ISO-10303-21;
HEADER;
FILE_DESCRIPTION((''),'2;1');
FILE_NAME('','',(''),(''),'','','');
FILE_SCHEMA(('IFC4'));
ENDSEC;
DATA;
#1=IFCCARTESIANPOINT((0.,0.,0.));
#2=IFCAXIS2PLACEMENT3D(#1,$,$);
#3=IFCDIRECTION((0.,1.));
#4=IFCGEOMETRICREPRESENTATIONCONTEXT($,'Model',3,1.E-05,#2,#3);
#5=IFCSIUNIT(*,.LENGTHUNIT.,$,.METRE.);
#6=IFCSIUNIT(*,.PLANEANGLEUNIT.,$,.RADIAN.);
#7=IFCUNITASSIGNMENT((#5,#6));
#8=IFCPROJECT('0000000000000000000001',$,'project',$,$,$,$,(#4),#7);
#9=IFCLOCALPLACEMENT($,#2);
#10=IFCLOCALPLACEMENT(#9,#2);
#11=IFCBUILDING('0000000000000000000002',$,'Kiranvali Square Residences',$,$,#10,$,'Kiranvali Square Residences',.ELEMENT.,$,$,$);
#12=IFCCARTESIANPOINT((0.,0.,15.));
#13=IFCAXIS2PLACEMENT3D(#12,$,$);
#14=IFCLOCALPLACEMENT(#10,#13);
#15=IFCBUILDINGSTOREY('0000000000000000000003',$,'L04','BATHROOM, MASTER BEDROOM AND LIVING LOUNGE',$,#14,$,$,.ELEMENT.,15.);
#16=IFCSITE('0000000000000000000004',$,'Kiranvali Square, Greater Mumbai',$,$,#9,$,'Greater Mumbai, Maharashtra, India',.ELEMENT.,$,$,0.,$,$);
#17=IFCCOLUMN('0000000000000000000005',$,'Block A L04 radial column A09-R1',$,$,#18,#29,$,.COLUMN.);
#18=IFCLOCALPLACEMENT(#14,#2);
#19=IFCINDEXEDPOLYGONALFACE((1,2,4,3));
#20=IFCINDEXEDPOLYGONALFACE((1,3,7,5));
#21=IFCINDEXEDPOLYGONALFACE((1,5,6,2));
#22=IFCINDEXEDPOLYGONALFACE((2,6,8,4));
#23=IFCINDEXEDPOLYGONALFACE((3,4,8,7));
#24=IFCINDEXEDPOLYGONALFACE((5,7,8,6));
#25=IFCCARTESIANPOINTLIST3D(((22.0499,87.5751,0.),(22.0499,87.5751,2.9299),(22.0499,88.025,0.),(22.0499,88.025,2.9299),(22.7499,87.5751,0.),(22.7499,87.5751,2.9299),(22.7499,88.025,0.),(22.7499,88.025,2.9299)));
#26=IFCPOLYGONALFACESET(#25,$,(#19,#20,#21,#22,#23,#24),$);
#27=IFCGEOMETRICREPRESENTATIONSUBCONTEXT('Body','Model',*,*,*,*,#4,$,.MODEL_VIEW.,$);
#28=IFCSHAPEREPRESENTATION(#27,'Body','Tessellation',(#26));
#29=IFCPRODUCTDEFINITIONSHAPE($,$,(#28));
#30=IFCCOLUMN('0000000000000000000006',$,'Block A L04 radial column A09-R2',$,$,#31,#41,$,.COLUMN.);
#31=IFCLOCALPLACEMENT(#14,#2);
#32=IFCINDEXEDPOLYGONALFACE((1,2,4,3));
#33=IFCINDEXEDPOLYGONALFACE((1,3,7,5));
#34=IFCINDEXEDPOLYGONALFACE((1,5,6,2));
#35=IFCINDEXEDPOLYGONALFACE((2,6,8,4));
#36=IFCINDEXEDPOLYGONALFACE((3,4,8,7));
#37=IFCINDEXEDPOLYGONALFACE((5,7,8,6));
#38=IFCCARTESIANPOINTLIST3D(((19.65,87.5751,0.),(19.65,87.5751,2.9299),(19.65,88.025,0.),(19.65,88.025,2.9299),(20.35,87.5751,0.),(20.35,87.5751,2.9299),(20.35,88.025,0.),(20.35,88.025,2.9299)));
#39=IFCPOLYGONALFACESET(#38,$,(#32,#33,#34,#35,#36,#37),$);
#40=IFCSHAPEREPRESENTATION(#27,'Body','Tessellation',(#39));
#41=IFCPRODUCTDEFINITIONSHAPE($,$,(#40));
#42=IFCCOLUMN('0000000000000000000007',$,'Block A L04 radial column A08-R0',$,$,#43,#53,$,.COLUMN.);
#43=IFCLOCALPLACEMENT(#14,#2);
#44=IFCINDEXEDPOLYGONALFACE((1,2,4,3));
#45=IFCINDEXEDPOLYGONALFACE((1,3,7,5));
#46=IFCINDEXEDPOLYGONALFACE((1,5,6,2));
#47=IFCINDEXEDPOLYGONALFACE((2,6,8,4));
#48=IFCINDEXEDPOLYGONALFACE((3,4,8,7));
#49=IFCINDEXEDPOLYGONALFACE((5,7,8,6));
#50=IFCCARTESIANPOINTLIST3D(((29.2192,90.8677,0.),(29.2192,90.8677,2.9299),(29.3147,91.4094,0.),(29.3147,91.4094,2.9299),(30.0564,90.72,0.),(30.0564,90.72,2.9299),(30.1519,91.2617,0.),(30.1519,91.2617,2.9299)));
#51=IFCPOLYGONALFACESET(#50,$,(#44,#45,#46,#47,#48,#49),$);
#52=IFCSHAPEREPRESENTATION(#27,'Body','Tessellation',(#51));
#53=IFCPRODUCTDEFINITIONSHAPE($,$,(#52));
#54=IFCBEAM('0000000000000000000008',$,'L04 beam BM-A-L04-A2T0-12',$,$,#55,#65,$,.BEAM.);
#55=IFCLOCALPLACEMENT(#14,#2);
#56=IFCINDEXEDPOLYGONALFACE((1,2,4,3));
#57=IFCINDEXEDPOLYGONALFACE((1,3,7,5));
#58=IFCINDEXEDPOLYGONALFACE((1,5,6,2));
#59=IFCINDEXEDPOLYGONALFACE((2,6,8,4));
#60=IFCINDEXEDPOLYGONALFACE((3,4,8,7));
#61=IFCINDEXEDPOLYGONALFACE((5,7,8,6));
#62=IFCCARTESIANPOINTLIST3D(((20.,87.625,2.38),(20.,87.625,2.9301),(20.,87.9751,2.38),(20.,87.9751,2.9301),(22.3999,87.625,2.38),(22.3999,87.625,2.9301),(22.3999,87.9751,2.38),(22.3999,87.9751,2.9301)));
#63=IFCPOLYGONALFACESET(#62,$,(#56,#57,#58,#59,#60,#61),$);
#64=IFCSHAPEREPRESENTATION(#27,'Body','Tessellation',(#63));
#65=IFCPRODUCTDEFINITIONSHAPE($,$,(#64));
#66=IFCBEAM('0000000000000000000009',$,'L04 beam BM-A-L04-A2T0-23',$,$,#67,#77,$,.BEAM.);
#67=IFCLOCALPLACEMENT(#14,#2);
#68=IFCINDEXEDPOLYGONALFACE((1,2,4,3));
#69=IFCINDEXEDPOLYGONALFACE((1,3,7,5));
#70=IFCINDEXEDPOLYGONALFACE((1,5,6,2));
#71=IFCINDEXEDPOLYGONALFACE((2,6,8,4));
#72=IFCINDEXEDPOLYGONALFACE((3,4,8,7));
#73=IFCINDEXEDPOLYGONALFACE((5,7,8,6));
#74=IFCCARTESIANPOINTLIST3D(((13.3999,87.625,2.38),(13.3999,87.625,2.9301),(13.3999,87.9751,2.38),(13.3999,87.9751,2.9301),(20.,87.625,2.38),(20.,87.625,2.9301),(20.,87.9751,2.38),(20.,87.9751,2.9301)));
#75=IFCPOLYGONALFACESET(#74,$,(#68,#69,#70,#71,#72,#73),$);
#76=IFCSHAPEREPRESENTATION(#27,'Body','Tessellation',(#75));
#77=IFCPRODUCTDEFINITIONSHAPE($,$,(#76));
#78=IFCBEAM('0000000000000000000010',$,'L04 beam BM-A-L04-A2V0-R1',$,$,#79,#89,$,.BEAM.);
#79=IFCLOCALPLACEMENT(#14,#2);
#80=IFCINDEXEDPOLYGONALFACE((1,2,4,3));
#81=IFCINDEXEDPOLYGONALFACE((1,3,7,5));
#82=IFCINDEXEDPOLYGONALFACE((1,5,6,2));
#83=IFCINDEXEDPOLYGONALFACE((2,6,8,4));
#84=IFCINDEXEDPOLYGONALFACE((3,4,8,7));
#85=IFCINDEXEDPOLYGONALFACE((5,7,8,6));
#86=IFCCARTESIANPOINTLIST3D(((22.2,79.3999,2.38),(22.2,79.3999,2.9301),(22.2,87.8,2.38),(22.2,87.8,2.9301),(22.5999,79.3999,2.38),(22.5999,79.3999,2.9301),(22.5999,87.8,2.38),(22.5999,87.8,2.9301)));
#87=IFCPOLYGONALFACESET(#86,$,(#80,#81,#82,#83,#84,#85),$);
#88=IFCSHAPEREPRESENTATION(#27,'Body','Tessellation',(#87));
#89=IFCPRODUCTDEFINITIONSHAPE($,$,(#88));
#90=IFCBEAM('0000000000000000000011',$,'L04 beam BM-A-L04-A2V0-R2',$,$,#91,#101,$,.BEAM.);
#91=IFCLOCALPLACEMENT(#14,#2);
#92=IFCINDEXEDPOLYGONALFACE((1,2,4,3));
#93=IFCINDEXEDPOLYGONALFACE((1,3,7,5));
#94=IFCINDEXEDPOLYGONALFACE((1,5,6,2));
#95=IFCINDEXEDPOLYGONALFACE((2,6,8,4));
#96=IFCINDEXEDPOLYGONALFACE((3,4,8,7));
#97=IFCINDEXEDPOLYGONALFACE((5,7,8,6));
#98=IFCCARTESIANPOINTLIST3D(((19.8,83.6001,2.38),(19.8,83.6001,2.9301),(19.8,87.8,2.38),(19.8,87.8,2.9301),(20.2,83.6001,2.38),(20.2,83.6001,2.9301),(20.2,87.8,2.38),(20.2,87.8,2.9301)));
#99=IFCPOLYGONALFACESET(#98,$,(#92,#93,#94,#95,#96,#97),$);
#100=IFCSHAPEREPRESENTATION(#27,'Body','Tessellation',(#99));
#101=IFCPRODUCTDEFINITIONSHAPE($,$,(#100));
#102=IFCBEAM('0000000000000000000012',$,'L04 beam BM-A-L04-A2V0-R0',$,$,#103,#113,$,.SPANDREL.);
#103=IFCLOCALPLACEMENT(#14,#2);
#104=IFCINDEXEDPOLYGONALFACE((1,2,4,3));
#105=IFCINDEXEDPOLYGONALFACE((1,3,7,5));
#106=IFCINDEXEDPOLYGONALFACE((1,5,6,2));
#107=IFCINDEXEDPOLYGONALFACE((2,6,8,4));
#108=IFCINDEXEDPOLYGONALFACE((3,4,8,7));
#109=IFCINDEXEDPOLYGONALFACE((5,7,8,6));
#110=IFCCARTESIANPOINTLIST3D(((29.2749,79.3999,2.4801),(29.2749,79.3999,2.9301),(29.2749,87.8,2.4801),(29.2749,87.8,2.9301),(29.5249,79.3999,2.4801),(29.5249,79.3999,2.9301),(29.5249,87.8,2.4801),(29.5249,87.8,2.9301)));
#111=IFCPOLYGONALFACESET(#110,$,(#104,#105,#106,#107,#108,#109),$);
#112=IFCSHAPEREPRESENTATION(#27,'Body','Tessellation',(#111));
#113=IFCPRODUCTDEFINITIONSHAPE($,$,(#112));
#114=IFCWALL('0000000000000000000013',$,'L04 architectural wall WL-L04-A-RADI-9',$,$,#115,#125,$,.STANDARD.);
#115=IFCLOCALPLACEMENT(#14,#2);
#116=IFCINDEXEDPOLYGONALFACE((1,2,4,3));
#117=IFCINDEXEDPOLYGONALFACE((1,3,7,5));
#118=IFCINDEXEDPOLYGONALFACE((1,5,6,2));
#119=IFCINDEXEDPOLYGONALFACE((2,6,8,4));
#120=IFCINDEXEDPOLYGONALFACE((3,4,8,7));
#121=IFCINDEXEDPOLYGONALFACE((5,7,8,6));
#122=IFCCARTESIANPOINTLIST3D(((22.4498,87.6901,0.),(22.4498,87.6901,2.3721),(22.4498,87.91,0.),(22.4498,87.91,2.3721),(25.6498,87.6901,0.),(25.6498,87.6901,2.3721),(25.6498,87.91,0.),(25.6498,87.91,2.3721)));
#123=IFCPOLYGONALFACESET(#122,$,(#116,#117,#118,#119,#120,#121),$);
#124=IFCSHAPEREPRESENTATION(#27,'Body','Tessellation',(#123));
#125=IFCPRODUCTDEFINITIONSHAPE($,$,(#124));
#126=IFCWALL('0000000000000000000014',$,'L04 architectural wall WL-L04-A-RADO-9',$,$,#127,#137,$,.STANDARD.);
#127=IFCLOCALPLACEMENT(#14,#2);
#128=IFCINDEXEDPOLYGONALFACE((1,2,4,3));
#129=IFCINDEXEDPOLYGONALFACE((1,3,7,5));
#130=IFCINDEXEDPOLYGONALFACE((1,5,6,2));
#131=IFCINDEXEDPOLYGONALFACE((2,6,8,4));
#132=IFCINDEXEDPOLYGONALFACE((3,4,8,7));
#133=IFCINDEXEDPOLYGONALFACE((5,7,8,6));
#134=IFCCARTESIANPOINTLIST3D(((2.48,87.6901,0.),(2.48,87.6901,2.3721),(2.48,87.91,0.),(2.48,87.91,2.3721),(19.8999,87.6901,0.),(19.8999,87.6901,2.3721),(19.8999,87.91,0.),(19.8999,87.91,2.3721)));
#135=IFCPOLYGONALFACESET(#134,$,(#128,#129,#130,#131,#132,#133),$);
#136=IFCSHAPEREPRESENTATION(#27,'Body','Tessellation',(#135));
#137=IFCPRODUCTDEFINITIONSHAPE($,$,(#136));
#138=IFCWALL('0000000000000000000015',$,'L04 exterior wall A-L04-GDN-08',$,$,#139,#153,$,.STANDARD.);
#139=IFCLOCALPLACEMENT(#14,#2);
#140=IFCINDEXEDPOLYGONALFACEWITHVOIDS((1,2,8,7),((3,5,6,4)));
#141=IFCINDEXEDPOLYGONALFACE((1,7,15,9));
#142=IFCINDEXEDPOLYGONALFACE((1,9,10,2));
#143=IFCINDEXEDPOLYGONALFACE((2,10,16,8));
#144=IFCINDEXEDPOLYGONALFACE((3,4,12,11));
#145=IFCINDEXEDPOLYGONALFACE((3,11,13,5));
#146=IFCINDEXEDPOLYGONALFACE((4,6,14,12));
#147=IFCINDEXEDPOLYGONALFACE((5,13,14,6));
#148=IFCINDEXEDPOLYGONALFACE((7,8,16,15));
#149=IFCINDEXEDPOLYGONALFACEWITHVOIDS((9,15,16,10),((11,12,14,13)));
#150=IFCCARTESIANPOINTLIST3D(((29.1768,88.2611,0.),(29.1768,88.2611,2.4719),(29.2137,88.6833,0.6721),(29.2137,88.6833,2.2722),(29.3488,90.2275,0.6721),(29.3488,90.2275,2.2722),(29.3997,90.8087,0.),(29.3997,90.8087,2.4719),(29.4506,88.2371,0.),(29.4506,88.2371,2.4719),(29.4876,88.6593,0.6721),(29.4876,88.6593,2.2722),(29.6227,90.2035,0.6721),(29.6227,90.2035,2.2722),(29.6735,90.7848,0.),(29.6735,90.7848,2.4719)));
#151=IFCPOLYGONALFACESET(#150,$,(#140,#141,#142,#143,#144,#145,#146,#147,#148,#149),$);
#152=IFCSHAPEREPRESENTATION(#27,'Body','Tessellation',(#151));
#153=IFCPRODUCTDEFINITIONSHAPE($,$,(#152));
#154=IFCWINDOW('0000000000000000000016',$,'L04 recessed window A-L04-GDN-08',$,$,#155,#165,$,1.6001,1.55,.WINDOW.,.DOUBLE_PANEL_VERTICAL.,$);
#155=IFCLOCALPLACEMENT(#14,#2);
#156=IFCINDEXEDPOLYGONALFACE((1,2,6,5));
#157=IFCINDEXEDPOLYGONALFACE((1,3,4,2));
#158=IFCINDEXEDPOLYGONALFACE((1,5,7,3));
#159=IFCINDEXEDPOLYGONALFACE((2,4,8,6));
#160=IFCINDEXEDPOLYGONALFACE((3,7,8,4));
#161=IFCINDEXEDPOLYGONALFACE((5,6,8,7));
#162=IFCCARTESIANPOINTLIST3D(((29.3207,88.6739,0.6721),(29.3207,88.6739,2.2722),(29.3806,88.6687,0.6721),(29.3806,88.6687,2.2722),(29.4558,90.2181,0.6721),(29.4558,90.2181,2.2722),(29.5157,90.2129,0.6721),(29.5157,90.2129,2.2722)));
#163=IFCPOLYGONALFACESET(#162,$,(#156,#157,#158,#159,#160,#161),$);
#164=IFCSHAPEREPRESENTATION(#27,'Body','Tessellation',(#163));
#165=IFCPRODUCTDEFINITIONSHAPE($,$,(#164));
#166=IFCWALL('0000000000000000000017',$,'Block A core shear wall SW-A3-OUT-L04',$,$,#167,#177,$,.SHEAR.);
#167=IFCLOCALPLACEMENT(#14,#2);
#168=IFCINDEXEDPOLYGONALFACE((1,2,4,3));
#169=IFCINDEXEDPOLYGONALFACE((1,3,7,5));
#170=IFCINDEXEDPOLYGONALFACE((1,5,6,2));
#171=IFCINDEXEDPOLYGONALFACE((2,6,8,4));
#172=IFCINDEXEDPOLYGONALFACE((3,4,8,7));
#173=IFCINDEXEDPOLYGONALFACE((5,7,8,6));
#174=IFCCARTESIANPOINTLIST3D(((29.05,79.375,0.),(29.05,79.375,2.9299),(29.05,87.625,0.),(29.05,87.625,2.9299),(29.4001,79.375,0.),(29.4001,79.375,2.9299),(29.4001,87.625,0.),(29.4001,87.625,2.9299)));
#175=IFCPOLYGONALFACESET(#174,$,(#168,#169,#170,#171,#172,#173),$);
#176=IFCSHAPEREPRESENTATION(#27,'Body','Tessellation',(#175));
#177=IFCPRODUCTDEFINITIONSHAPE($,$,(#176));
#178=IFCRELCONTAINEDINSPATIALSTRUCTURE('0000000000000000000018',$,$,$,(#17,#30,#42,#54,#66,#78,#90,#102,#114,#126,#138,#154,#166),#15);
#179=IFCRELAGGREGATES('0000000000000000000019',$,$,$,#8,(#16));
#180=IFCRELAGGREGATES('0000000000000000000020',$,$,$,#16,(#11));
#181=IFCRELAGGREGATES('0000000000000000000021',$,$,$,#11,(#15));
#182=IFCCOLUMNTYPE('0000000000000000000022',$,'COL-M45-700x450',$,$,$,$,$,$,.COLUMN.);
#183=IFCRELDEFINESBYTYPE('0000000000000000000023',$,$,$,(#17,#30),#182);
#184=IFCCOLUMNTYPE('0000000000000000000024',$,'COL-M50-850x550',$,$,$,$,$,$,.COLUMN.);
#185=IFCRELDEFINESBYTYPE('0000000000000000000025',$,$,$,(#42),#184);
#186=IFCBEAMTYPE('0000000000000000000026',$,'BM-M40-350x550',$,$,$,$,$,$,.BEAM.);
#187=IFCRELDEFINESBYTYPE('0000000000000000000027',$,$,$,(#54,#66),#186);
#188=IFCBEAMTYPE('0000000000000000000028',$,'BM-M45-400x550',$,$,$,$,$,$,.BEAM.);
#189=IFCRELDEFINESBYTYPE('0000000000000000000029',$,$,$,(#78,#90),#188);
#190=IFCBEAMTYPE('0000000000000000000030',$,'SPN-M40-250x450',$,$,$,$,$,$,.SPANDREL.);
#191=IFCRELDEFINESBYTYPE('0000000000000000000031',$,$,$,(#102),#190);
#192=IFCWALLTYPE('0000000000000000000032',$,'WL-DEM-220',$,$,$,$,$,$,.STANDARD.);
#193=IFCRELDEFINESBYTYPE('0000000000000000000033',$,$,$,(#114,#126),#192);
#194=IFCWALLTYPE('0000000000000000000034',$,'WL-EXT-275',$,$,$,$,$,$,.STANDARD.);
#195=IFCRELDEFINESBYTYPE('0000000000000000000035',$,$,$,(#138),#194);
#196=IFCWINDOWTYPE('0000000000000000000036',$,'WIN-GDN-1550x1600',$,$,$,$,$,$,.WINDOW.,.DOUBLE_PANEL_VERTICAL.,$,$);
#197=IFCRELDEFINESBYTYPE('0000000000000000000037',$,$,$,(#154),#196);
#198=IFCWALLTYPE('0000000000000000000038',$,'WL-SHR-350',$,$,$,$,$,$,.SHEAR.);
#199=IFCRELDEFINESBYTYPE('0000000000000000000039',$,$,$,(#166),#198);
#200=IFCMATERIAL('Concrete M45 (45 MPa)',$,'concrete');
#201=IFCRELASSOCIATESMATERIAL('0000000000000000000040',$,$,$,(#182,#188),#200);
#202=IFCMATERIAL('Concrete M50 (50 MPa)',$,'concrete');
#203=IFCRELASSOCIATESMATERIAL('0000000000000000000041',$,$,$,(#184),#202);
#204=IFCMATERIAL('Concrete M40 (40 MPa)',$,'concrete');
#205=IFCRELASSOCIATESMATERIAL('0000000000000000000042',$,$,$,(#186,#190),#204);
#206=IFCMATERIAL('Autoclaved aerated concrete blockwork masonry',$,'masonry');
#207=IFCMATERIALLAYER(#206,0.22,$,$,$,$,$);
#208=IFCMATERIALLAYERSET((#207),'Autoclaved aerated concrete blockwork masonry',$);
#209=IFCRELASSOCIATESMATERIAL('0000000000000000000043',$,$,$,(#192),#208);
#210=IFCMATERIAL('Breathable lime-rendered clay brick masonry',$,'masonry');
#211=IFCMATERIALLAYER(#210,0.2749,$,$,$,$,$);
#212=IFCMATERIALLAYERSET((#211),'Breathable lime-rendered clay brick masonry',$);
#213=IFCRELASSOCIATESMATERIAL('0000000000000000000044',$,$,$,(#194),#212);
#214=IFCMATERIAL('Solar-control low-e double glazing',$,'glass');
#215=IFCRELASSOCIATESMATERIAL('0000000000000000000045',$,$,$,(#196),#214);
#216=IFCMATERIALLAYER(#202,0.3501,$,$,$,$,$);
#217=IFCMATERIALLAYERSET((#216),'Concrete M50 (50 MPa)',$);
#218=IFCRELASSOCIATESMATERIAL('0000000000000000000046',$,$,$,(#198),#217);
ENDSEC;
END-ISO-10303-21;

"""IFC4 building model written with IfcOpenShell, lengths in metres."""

from ifc_helpers import new_model, si_unit, direction, frame, frame_2d, origin, origin_2d, place, context, subcontext, project, spatial, rectangle, extrude, material, layer, layer_set, material_profile, profile_set, type_object, element, fill, save


model = new_model("IFC4")

# Units and contexts
model_context = context("Model", 3, precision=1e-05, world=origin(), true_north=direction((0.0, 1.0)))
body_context = subcontext(model_context, "Body", "Model", "MODEL_VIEW")
ifc_project = project(units=[si_unit("LENGTHUNIT", "METRE"), si_unit("PLANEANGLEUNIT", "RADIAN")], contexts=[model_context])

# Site, building, storey
site_placement = place(None, origin())
site = spatial("IfcSite", under=ifc_project, at=site_placement, Name="Kiranvali Square, Greater Mumbai", LongName="Greater Mumbai, Maharashtra, India", CompositionType="ELEMENT", RefElevation=0.0)
building_placement = place(site_placement, origin())
building = spatial("IfcBuilding", under=site, at=building_placement, Name="Kiranvali Square Residences", LongName="Kiranvali Square Residences", CompositionType="ELEMENT")
storey_placement = place(building_placement, frame((0.0, 0.0, 15.0)))
storey = spatial("IfcBuildingStorey", under=building, at=storey_placement, Name="L04", Description="BATHROOM, MASTER BEDROOM AND LIVING LOUNGE", CompositionType="ELEMENT", Elevation=15.0)

# Columns
ifc_material_1 = material(Name="Concrete M45 (45 MPa)", Category="concrete")
ifc_material_profile_1 = material_profile(ifc_material_1, rectangle(XDim=0.45, YDim=0.7, at=origin_2d()), Name="RC 700x450")
ifc_profile_set_1 = profile_set([ifc_material_profile_1], Name="Concrete M45 (45 MPa)")
column_type_1 = type_object("IfcColumnType", Name="COL-M45-700x450", PredefinedType="COLUMN", material=ifc_profile_set_1)
for number, where, z_axis, x_axis, name in (
    (1, (22.3999, 87.8, 0.0), (0.0, 0.0, 1.0), (0.0, 1.0, 0.0), "Block A L04 radial column A09-R1"),
    (2, (20.0, 87.8, 0.0), (0.0, 0.0, 1.0), (0.0, 1.0, 0.0), "Block A L04 radial column A09-R2"),
):
    element("IfcColumn", number, at=place(storey_placement, frame(where, z_axis=z_axis, x_axis=x_axis)), inside=storey, type_object=column_type_1, Name=name, PredefinedType="COLUMN", context=body_context, shape_type="SweptSolid", body=[
        extrude(rectangle(XDim=0.45, YDim=0.7, at=origin_2d()), origin(), (0.0, 0.0, 1.0), 2.9299),
    ])
ifc_material_2 = material(Name="Concrete M50 (50 MPa)", Category="concrete")
ifc_material_profile_2 = material_profile(ifc_material_2, rectangle(XDim=0.55, YDim=0.8501, at=origin_2d()), Name="RC 850x550")
ifc_profile_set_2 = profile_set([ifc_material_profile_2], Name="Concrete M50 (50 MPa)")
column_type_2 = type_object("IfcColumnType", Name="COL-M50-850x550", PredefinedType="COLUMN", material=ifc_profile_set_2)
column_placement = place(storey_placement, frame((29.6855, 91.0647, 0.0), z_axis=(0.0, 0.0, 1.0), x_axis=(0.173648, 0.984808, 0.0)))
element("IfcColumn", 3, at=column_placement, inside=storey, type_object=column_type_2, Name="Block A L04 radial column A08-R0", PredefinedType="COLUMN", context=body_context, shape_type="SweptSolid", body=[
    extrude(rectangle(XDim=0.55, YDim=0.8501, at=origin_2d()), origin(), (0.0, 0.0, 1.0), 2.9299),
])

# Beams
ifc_material_3 = material(Name="Concrete M40 (40 MPa)", Category="concrete")
ifc_material_profile_3 = material_profile(ifc_material_3, rectangle(XDim=0.3501, YDim=0.55, at=origin_2d()), Name="RC 350x550")
ifc_profile_set_3 = profile_set([ifc_material_profile_3], Name="Concrete M40 (40 MPa)")
beam_type_1 = type_object("IfcBeamType", Name="BM-M40-350x550", PredefinedType="BEAM", material=ifc_profile_set_3)
beam_1_placement = place(storey_placement, frame((22.3999, 87.8, 2.655), z_axis=(-1.0, 0.0, 0.0), x_axis=(0.0, -1.0, 0.0)))
element("IfcBeam", 4, at=beam_1_placement, inside=storey, type_object=beam_type_1, Name="L04 beam BM-A-L04-A2T0-12", PredefinedType="BEAM", context=body_context, shape_type="SweptSolid", body=[
    extrude(rectangle(XDim=0.3501, YDim=0.55, at=origin_2d()), origin(), (0.0, 0.0, 1.0), 2.3999),
])
beam_2_placement = place(storey_placement, frame((20.0, 87.8, 2.655), z_axis=(-1.0, 0.0, 0.0), x_axis=(0.0, -1.0, 0.0)))
element("IfcBeam", 5, at=beam_2_placement, inside=storey, type_object=beam_type_1, Name="L04 beam BM-A-L04-A2T0-23", PredefinedType="BEAM", context=body_context, shape_type="SweptSolid", body=[
    extrude(rectangle(XDim=0.3501, YDim=0.55, at=origin_2d()), origin(), (0.0, 0.0, 1.0), 6.6001),
])
ifc_material_profile_4 = material_profile(ifc_material_1, rectangle(XDim=0.3999, YDim=0.55, at=origin_2d()), Name="RC 400x550")
ifc_profile_set_4 = profile_set([ifc_material_profile_4], Name="Concrete M45 (45 MPa)")
beam_type_2 = type_object("IfcBeamType", Name="BM-M45-400x550", PredefinedType="BEAM", material=ifc_profile_set_4)
beam_3_placement = place(storey_placement, frame((22.3999, 87.8, 2.655), z_axis=(0.0, -1.0, 0.0), x_axis=(1.0, 0.0, 0.0)))
element("IfcBeam", 6, at=beam_3_placement, inside=storey, type_object=beam_type_2, Name="L04 beam BM-A-L04-A2V0-R1", PredefinedType="BEAM", context=body_context, shape_type="SweptSolid", body=[
    extrude(rectangle(XDim=0.3999, YDim=0.55, at=origin_2d()), origin(), (0.0, 0.0, 1.0), 8.4001),
])
beam_4_placement = place(storey_placement, frame((20.0, 87.8, 2.655), z_axis=(0.0, -1.0, 0.0), x_axis=(1.0, 0.0, 0.0)))
element("IfcBeam", 7, at=beam_4_placement, inside=storey, type_object=beam_type_2, Name="L04 beam BM-A-L04-A2V0-R2", PredefinedType="BEAM", context=body_context, shape_type="SweptSolid", body=[
    extrude(rectangle(XDim=0.3999, YDim=0.55, at=origin_2d()), origin(), (0.0, 0.0, 1.0), 4.2),
])
ifc_material_profile_5 = material_profile(ifc_material_3, rectangle(XDim=0.25, YDim=0.45, at=origin_2d()), Name="RC 250x450")
ifc_profile_set_5 = profile_set([ifc_material_profile_5], Name="Concrete M40 (40 MPa)")
beam_type_3 = type_object("IfcBeamType", Name="SPN-M40-250x450", PredefinedType="SPANDREL", material=ifc_profile_set_5)
beam_5_placement = place(storey_placement, frame((29.3999, 87.8, 2.7051), z_axis=(0.0, -1.0, 0.0), x_axis=(1.0, 0.0, 0.0)))
element("IfcBeam", 8, at=beam_5_placement, inside=storey, type_object=beam_type_3, Name="L04 beam BM-A-L04-A2V0-R0", PredefinedType="SPANDREL", context=body_context, shape_type="SweptSolid", body=[
    extrude(rectangle(XDim=0.25, YDim=0.45, at=origin_2d()), origin(), (0.0, 0.0, 1.0), 8.4001),
])

# Shared definitions
ifc_material_4 = material(Name="Autoclaved aerated concrete blockwork masonry", Category="masonry")

# Walls
ifc_layer_1 = layer(ifc_material_4, 0.22)
ifc_layer_set_1 = layer_set([ifc_layer_1], Name="Autoclaved aerated concrete blockwork masonry")
wall_type_1 = type_object("IfcWallType", Name="WL-DEM-220", PredefinedType="STANDARD", material=ifc_layer_set_1)
wall_1_placement = place(storey_placement, frame((25.6499, 87.8, 0.0), z_axis=(0.0, 0.0, 1.0), x_axis=(-1.0, 0.0, 0.0)))
element("IfcWall", 9, at=wall_1_placement, inside=storey, type_object=wall_type_1, Name="L04 architectural wall WL-L04-A-RADI-9", PredefinedType="STANDARD", context=body_context, shape_type="SweptSolid", body=[
    extrude(rectangle(XDim=3.2, YDim=0.22, at=frame_2d((1.6001, 0.0))), origin(), (0.0, 0.0, 1.0), 2.3721),
])
wall_2_placement = place(storey_placement, frame((19.8999, 87.8, 0.0), z_axis=(0.0, 0.0, 1.0), x_axis=(-1.0, 0.0, 0.0)))
element("IfcWall", 10, at=wall_2_placement, inside=storey, type_object=wall_type_1, Name="L04 architectural wall WL-L04-A-RADO-9", PredefinedType="STANDARD", context=body_context, shape_type="SweptSolid", body=[
    extrude(rectangle(XDim=17.4199, YDim=0.22, at=frame_2d((8.71, 0.0))), origin(), (0.0, 0.0, 1.0), 2.3721),
])

# Wall, opening, window
ifc_material_5 = material(Name="Breathable lime-rendered clay brick masonry", Category="masonry")
ifc_layer_2 = layer(ifc_material_5, 0.2749)
ifc_layer_set_2 = layer_set([ifc_layer_2], Name="Breathable lime-rendered clay brick masonry")
wall_type_2 = type_object("IfcWallType", Name="WL-EXT-275", PredefinedType="STANDARD", material=ifc_layer_set_2)
wall_3_placement = place(storey_placement, frame((29.5366, 90.7969, 0.0), z_axis=(0.0, 0.0, 1.0), x_axis=(-0.087161, -0.996194, 0.0)))
wall_3 = element("IfcWall", 11, at=wall_3_placement, inside=storey, type_object=wall_type_2, Name="L04 exterior wall A-L04-GDN-08", PredefinedType="STANDARD", context=body_context, shape_type="SweptSolid", body=[
    extrude(rectangle(XDim=2.5574, YDim=0.2749, at=frame_2d((1.2788, 0.0))), origin(), (0.0, 0.0, 1.0), 2.4719),
])
opening_1_placement = place(wall_3_placement, frame((0.5837, 0.0, 0.6721)))
opening_1 = element("IfcOpeningElement", 12, at=opening_1_placement, cuts=wall_3, PredefinedType="OPENING", context=body_context, shape_type="SweptSolid", body=[
    extrude(rectangle(XDim=1.55, YDim=1.6001, at=frame_2d((0.7749, 0.8))), frame((0.0, 0.1475, 0.0), z_axis=(0.0, -1.0, 0.0), x_axis=(1.0, 0.0, 0.0)), (0.0, 0.0, 1.0), 0.2949),
])
ifc_material_6 = material(Name="Solar-control low-e double glazing", Category="glass")
window_type = type_object("IfcWindowType", Name="WIN-GDN-1550x1600", PartitioningType="DOUBLE_PANEL_VERTICAL", PredefinedType="WINDOW", material=ifc_material_6)
window_placement = place(opening_1_placement, origin())
window = element("IfcWindow", 13, at=window_placement, inside=storey, type_object=window_type, Name="L04 recessed window A-L04-GDN-08", OverallHeight=1.6001, OverallWidth=1.55, PartitioningType="DOUBLE_PANEL_VERTICAL", PredefinedType="WINDOW", context=body_context, shape_type="SweptSolid", body=[
    extrude(rectangle(XDim=1.55, YDim=1.6001, at=frame_2d((0.7749, 0.8))), frame((0.0, 0.03, 0.0), z_axis=(0.0, -1.0, 0.0), x_axis=(1.0, 0.0, 0.0)), (0.0, 0.0, 1.0), 0.0601),
])
fill(opening_1, window)

# Wall
ifc_layer_3 = layer(ifc_material_2, 0.3501)
ifc_layer_set_3 = layer_set([ifc_layer_3], Name="Concrete M50 (50 MPa)")
wall_type_3 = type_object("IfcWallType", Name="WL-SHR-350", PredefinedType="SHEAR", material=ifc_layer_set_3)
wall_4_placement = place(storey_placement, frame((29.2251, 87.625, 0.0), z_axis=(0.0, 0.0, 1.0), x_axis=(0.0, -1.0, 0.0)))
element("IfcWall", 14, at=wall_4_placement, inside=storey, type_object=wall_type_3, Name="Block A core shear wall SW-A3-OUT-L04", PredefinedType="SHEAR", context=body_context, shape_type="SweptSolid", body=[
    extrude(rectangle(XDim=8.25, YDim=0.3501, at=frame_2d((4.125, 0.0))), origin(), (0.0, 0.0, 1.0), 2.9299),
])

save(model, "model.ifc")
